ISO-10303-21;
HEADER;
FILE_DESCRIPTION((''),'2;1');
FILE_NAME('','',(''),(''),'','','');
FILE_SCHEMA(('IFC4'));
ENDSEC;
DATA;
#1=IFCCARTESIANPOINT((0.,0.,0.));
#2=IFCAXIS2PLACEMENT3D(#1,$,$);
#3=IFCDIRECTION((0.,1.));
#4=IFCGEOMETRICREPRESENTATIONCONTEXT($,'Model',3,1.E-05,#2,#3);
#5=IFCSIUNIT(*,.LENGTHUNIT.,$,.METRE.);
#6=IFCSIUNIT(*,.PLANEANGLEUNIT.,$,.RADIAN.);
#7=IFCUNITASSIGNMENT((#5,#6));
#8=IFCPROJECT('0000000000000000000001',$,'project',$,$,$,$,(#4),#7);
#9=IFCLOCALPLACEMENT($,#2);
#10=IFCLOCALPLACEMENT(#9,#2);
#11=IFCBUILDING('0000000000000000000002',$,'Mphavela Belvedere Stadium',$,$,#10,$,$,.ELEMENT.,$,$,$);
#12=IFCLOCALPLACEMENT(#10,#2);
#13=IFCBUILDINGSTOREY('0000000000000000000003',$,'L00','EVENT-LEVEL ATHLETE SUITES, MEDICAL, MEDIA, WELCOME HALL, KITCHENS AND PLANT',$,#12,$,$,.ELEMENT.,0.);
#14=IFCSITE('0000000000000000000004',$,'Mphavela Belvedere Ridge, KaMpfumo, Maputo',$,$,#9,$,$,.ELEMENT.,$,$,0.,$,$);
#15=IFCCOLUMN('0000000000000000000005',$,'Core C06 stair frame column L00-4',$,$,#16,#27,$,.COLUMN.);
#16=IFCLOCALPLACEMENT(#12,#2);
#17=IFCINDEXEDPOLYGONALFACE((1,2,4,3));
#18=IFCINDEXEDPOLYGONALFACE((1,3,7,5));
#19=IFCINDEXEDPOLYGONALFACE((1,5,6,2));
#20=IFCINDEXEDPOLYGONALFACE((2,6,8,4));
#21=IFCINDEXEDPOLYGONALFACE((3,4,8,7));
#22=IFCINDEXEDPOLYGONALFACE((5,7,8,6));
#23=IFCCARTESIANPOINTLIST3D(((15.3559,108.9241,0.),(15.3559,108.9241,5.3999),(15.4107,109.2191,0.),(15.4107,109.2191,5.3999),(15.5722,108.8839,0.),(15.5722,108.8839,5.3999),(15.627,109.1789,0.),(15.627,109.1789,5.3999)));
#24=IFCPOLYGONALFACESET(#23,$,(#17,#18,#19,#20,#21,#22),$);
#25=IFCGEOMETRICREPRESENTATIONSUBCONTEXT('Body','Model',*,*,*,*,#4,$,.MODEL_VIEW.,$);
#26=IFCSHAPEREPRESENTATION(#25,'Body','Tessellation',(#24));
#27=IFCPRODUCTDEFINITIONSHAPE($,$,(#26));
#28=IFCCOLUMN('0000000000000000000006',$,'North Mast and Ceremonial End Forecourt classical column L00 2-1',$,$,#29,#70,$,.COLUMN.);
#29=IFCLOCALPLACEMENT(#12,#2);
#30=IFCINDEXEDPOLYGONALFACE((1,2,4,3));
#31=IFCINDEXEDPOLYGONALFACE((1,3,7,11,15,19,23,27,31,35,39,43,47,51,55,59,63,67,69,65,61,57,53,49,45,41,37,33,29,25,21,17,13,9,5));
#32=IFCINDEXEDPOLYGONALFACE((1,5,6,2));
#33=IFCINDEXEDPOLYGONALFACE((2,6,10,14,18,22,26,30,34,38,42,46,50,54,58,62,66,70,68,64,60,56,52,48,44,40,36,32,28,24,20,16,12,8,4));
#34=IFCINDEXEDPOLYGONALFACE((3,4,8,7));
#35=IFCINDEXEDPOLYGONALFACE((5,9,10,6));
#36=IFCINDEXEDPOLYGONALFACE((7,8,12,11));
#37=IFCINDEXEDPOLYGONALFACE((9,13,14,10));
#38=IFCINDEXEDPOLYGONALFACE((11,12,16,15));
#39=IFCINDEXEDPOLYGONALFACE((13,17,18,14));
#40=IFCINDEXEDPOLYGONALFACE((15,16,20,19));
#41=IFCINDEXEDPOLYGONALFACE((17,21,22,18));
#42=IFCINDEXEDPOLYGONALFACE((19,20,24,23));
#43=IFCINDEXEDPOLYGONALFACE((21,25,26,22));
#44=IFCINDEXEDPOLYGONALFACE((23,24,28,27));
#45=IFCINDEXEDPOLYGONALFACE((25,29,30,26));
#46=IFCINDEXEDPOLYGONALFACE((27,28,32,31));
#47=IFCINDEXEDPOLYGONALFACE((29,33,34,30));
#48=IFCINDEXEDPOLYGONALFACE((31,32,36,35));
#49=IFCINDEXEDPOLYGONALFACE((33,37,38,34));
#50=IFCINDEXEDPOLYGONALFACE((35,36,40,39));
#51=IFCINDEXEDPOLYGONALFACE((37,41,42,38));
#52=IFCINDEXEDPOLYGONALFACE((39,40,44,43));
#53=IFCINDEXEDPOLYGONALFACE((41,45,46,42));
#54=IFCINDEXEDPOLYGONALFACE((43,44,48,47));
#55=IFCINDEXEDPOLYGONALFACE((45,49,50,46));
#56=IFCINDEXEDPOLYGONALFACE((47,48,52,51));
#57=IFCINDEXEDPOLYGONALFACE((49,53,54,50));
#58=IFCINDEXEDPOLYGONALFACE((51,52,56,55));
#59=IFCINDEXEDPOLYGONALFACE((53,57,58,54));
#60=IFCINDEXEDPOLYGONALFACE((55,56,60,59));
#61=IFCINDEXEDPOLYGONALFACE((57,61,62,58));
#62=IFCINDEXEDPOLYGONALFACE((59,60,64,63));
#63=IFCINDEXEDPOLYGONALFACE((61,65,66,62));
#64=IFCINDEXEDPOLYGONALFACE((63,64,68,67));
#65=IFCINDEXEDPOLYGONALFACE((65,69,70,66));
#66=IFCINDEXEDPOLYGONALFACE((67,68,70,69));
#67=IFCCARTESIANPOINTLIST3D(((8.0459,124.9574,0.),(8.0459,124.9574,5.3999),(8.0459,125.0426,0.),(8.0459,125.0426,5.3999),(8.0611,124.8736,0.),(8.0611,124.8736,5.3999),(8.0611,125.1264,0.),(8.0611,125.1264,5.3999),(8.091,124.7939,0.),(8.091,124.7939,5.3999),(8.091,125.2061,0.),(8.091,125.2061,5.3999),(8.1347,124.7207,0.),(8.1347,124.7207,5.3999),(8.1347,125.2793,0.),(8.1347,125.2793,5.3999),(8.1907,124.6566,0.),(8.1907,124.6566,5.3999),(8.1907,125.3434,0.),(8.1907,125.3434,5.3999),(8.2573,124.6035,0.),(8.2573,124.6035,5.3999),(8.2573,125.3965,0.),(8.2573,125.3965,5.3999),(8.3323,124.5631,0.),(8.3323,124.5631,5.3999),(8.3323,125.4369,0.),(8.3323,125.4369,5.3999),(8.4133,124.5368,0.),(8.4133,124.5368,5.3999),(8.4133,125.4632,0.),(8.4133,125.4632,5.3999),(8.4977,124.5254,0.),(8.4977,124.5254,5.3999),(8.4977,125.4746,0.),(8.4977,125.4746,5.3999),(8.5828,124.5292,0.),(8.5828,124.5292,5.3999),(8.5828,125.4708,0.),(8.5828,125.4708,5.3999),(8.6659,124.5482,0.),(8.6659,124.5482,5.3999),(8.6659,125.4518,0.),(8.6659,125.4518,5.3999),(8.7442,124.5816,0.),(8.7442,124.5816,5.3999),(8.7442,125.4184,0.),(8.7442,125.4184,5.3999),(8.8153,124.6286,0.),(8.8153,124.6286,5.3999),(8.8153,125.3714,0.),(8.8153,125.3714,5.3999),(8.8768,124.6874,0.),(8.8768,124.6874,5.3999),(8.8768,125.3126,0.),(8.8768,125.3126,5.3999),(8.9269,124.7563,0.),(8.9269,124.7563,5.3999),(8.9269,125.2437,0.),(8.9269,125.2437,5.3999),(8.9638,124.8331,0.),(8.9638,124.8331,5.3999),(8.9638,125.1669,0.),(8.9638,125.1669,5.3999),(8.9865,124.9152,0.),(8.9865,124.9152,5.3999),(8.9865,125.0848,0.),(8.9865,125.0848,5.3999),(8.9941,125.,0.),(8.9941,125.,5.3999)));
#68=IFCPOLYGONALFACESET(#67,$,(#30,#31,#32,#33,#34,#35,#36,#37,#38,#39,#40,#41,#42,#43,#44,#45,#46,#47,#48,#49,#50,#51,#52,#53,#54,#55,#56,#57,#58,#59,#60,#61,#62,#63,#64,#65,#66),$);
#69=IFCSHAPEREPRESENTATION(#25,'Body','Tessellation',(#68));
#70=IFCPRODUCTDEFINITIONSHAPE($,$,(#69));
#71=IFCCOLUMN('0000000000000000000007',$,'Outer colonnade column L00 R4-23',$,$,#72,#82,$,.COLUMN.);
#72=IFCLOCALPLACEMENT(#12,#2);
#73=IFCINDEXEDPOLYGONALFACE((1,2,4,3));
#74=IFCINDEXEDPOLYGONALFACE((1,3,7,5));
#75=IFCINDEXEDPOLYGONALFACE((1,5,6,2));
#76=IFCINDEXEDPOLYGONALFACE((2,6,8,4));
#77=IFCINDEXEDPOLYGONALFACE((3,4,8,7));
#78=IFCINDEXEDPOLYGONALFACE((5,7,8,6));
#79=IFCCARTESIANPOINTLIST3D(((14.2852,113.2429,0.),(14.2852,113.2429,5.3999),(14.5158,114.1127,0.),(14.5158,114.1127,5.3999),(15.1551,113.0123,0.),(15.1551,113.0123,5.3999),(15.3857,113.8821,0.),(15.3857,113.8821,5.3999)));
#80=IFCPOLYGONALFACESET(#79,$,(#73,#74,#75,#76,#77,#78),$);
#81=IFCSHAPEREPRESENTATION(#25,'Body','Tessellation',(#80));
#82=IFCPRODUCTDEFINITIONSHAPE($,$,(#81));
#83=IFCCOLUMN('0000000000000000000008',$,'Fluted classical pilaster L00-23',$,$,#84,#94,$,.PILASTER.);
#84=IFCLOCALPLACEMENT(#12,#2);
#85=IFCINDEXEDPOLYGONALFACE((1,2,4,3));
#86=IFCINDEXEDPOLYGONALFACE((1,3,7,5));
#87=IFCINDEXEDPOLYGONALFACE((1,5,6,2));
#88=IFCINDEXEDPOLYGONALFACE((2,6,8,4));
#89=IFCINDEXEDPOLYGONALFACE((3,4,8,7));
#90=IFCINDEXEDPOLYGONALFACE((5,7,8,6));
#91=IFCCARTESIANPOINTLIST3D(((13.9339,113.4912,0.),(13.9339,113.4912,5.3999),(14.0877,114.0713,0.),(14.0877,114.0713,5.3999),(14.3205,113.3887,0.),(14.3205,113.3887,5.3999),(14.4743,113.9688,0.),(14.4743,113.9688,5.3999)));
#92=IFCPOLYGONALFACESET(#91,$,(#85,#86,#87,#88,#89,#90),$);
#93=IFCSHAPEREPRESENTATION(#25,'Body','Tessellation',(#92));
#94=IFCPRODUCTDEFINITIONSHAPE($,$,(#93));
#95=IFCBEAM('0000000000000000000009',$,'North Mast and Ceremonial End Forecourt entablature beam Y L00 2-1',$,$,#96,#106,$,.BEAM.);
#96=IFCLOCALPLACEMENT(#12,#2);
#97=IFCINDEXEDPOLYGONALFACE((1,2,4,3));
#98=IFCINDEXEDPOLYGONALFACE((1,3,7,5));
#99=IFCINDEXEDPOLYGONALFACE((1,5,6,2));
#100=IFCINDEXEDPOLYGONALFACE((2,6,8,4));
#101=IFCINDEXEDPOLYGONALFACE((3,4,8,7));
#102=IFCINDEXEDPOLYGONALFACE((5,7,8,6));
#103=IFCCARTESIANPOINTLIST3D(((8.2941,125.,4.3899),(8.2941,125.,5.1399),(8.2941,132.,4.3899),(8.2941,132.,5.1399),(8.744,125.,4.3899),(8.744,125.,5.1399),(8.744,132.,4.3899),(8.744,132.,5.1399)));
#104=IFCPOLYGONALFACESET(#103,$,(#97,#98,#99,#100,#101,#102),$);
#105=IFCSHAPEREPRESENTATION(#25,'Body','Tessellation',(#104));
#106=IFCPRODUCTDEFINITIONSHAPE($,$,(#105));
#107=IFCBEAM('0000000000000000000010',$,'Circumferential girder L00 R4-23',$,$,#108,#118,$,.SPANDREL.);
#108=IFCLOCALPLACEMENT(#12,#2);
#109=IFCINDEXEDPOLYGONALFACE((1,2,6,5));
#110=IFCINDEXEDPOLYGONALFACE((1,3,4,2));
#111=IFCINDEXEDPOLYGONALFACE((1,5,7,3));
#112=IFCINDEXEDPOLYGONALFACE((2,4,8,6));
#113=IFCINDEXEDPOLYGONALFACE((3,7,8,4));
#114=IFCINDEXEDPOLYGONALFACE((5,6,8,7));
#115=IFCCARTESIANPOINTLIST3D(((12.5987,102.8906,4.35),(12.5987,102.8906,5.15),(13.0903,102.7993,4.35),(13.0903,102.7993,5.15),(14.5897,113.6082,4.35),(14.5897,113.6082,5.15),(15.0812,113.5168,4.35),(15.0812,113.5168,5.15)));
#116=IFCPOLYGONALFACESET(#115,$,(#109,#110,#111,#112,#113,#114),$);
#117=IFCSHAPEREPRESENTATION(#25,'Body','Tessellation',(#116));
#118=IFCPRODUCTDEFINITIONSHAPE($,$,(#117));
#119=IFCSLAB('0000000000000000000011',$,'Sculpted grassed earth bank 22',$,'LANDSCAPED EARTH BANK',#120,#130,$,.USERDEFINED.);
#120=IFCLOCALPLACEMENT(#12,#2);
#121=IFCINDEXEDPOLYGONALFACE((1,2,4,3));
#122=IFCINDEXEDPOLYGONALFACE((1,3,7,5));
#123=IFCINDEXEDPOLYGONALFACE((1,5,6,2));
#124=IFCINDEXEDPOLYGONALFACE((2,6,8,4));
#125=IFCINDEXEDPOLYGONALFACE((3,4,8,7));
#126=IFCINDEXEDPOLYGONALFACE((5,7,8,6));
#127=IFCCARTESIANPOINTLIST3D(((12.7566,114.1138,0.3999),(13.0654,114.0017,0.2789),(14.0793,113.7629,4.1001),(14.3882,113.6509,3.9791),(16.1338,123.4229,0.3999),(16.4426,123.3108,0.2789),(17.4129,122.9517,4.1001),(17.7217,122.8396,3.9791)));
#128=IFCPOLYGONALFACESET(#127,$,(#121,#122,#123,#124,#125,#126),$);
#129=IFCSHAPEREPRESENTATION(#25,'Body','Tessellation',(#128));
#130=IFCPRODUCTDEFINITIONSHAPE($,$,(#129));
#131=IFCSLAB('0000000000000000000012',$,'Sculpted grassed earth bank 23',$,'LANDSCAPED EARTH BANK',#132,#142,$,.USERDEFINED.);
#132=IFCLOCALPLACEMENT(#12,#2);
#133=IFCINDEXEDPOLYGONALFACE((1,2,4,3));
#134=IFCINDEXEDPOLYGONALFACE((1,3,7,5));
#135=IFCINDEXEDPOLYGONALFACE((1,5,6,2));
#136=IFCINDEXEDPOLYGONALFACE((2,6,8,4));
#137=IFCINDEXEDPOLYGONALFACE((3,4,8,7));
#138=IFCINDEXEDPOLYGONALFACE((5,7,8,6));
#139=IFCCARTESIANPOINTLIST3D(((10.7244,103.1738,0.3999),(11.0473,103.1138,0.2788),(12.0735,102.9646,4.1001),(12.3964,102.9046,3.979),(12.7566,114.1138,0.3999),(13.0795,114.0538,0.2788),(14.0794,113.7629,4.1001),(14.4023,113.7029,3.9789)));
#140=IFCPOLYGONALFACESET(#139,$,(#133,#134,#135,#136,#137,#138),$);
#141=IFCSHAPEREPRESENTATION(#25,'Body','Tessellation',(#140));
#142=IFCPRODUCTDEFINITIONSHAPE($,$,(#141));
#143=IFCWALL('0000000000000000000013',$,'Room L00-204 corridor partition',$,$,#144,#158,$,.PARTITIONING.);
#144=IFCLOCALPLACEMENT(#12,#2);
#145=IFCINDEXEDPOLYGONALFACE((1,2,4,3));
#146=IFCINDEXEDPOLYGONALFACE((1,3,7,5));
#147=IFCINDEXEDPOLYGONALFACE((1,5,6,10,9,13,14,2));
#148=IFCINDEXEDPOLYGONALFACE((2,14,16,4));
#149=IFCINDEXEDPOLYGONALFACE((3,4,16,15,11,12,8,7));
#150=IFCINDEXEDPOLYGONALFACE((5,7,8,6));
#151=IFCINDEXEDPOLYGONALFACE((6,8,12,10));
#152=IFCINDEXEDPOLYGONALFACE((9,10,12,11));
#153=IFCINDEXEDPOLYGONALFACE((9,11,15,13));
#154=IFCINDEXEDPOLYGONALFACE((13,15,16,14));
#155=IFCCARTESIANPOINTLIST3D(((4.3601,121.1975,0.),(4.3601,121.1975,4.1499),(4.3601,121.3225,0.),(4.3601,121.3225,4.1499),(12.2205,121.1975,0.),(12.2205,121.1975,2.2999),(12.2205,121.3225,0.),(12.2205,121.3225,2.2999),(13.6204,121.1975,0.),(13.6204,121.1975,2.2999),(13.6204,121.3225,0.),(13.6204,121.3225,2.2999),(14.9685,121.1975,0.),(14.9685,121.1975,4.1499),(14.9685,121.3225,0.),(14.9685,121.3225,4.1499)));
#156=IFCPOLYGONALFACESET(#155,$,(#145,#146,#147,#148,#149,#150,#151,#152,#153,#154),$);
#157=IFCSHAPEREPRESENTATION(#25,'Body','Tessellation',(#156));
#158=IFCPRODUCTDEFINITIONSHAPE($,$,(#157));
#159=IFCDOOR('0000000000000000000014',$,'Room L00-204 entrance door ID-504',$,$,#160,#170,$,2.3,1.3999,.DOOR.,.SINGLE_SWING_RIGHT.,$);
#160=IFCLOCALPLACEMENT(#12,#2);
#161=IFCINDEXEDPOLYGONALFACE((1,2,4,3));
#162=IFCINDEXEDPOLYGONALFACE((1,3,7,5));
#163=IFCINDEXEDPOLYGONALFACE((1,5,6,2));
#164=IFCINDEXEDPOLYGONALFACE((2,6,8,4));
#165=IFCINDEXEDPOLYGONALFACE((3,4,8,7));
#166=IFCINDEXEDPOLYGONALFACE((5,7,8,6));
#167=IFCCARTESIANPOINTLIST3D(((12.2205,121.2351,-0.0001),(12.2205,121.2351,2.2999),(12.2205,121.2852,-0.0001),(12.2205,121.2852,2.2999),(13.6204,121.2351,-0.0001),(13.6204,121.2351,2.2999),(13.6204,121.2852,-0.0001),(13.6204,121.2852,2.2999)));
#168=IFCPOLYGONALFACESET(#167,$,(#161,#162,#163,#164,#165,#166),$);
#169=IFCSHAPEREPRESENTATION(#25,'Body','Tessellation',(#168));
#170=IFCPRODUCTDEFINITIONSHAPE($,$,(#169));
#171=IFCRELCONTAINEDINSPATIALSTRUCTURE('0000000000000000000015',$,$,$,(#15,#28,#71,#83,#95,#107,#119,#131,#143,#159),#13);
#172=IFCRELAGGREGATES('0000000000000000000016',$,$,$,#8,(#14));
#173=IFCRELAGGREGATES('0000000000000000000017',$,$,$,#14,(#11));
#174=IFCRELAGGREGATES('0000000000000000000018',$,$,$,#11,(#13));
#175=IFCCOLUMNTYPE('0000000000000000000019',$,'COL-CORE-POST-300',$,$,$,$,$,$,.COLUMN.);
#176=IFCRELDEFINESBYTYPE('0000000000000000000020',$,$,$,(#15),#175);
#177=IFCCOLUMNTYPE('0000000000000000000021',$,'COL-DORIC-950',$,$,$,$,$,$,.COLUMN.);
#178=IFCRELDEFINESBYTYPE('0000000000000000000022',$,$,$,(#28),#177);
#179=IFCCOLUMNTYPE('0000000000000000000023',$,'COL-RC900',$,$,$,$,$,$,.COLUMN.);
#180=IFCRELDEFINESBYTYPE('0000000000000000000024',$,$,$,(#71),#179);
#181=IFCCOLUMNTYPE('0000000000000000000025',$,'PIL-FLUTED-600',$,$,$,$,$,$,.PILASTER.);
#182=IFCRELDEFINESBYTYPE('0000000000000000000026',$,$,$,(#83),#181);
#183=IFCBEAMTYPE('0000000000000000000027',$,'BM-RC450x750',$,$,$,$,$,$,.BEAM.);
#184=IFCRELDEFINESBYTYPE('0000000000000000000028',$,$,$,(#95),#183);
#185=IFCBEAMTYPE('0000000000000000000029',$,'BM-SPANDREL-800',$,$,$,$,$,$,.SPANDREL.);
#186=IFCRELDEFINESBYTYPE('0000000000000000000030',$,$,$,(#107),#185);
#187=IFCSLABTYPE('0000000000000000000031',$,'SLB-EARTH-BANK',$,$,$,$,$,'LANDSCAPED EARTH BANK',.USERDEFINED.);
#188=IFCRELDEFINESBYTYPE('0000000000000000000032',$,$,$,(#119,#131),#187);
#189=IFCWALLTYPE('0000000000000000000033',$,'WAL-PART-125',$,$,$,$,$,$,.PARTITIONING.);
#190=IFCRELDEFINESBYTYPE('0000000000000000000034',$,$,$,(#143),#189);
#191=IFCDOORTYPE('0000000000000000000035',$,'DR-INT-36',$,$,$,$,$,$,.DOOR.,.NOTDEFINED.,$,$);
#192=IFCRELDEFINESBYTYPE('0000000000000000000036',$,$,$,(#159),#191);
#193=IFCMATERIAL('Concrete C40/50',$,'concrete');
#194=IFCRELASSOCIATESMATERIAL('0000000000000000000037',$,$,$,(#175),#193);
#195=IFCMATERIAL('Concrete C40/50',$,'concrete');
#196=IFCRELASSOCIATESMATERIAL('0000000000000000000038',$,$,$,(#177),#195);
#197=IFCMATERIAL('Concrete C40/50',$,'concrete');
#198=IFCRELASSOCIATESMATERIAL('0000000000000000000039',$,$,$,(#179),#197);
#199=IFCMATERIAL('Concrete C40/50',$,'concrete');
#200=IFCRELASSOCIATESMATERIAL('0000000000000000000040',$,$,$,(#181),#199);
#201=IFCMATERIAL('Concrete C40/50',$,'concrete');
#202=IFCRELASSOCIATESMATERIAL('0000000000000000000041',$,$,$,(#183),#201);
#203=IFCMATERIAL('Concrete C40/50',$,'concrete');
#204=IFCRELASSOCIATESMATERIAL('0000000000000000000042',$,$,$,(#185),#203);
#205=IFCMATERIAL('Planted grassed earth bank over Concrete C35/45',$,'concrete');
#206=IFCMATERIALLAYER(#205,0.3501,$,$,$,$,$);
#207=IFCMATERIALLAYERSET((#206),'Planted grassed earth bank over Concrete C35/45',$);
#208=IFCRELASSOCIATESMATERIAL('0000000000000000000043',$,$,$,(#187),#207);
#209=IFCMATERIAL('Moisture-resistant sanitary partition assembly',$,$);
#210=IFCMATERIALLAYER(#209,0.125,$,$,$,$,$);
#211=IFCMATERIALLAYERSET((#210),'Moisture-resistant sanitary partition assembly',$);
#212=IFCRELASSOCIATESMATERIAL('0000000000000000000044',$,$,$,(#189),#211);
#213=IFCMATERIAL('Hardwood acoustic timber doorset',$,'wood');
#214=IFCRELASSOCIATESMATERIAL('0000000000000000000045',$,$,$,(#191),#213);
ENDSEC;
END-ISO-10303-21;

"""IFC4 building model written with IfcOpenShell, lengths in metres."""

from ifc_helpers import new_model, si_unit, direction, frame, frame_2d, origin, origin_2d, place, context, subcontext, project, spatial, polyline, rectangle, circle, outline, extrude, material, layer, layer_set, material_profile, profile_set, type_object, element, fill, save


model = new_model("IFC4")

# Units and contexts
model_context = context("Model", 3, precision=1e-05, world=origin(), true_north=direction((0.0, 1.0)))
body_context = subcontext(model_context, "Body", "Model", "MODEL_VIEW")
ifc_project = project(units=[si_unit("LENGTHUNIT", "METRE"), si_unit("PLANEANGLEUNIT", "RADIAN")], contexts=[model_context])

# Site, building, storey
site_placement = place(None, origin())
site = spatial("IfcSite", under=ifc_project, at=site_placement, Name="Mphavela Belvedere Ridge, KaMpfumo, Maputo", CompositionType="ELEMENT", RefElevation=0.0)
building_placement = place(site_placement, origin())
building = spatial("IfcBuilding", under=site, at=building_placement, Name="Mphavela Belvedere Stadium", CompositionType="ELEMENT")
storey_placement = place(building_placement, origin())
storey = spatial("IfcBuildingStorey", under=building, at=storey_placement, Name="L00", Description="EVENT-LEVEL ATHLETE SUITES, MEDICAL, MEDIA, WELCOME HALL, KITCHENS AND PLANT", CompositionType="ELEMENT", Elevation=0.0)

# Columns
ifc_material_1 = material(Name="Concrete C40/50", Category="concrete")
ifc_material_profile_1 = material_profile(ifc_material_1, rectangle(XDim=0.3, YDim=0.22, at=origin_2d()), Name="RC 300x220")
ifc_profile_set_1 = profile_set([ifc_material_profile_1], Name="Concrete C40/50")
column_type_1 = type_object("IfcColumnType", Name="COL-CORE-POST-300", PredefinedType="COLUMN", material=ifc_profile_set_1)
for number, where, z_axis, x_axis, name in (
    (1, (15.4915, 109.0515, 0.0), (0.0, 0.0, 1.0), (0.182579, 0.983191, 0.0), "Core C06 stair frame column L00-4"),
):
    element("IfcColumn", number, at=place(storey_placement, frame(where, z_axis=z_axis, x_axis=x_axis)), inside=storey, type_object=column_type_1, Name=name, PredefinedType="COLUMN", context=body_context, shape_type="SweptSolid", body=[
        extrude(rectangle(XDim=0.3, YDim=0.22, at=origin_2d()), origin(), (0.0, 0.0, 1.0), 5.3999),
    ])
ifc_material_2 = material(Name="Concrete C40/50", Category="concrete")
ifc_material_profile_2 = material_profile(ifc_material_2, circle(Radius=0.4751, at=origin_2d()), Name="COL D950")
ifc_profile_set_2 = profile_set([ifc_material_profile_2], Name="Concrete C40/50")
column_type_2 = type_object("IfcColumnType", Name="COL-DORIC-950", PredefinedType="COLUMN", material=ifc_profile_set_2)
column_1_placement = place(storey_placement, frame((8.519, 125.0, 0.0), z_axis=(0.0, 0.0, 1.0), x_axis=(1.0, 0.0, 0.0)))
element("IfcColumn", 2, at=column_1_placement, inside=storey, type_object=column_type_2, Name="North Mast and Ceremonial End Forecourt classical column L00 2-1", PredefinedType="COLUMN", context=body_context, shape_type="SweptSolid", body=[
    extrude(circle(Radius=0.4751, at=origin_2d()), origin(), (0.0, 0.0, 1.0), 5.3999),
])
ifc_material_3 = material(Name="Concrete C40/50", Category="concrete")
ifc_material_profile_3 = material_profile(ifc_material_3, rectangle(XDim=0.8999, YDim=0.8999, at=origin_2d()), Name="RC 900x900")
ifc_profile_set_3 = profile_set([ifc_material_profile_3], Name="Concrete C40/50")
column_type_3 = type_object("IfcColumnType", Name="COL-RC900", PredefinedType="COLUMN", material=ifc_profile_set_3)
column_2_placement = place(storey_placement, frame((14.8354, 113.5625, 0.0), z_axis=(0.0, 0.0, 1.0), x_axis=(-0.9666, 0.256289, 0.0)))
element("IfcColumn", 3, at=column_2_placement, inside=storey, type_object=column_type_3, Name="Outer colonnade column L00 R4-23", PredefinedType="COLUMN", context=body_context, shape_type="SweptSolid", body=[
    extrude(rectangle(XDim=0.8999, YDim=0.8999, at=origin_2d()), origin(), (0.0, 0.0, 1.0), 5.3999),
])
ifc_material_4 = material(Name="Concrete C40/50", Category="concrete")
ifc_material_profile_4 = material_profile(ifc_material_4, rectangle(XDim=0.6001, YDim=0.3999, at=origin_2d()), Name="PIL 600x400")
ifc_profile_set_4 = profile_set([ifc_material_profile_4], Name="Concrete C40/50")
column_type_4 = type_object("IfcColumnType", Name="PIL-FLUTED-600", PredefinedType="PILASTER", material=ifc_profile_set_4)
column_3_placement = place(storey_placement, frame((14.2041, 113.73, 0.0), z_axis=(0.0, 0.0, 1.0), x_axis=(-0.256289, -0.9666, 0.0)))
element("IfcColumn", 4, at=column_3_placement, inside=storey, type_object=column_type_4, Name="Fluted classical pilaster L00-23", PredefinedType="PILASTER", context=body_context, shape_type="SweptSolid", body=[
    extrude(rectangle(XDim=0.6001, YDim=0.3999, at=origin_2d()), origin(), (0.0, 0.0, 1.0), 5.3999),
])

# Beams
ifc_material_5 = material(Name="Concrete C40/50", Category="concrete")
ifc_material_profile_5 = material_profile(ifc_material_5, rectangle(XDim=0.45, YDim=0.75, at=origin_2d()), Name="RC 450x750")
ifc_profile_set_5 = profile_set([ifc_material_profile_5], Name="Concrete C40/50")
beam_type_1 = type_object("IfcBeamType", Name="BM-RC450x750", PredefinedType="BEAM", material=ifc_profile_set_5)
beam_1_placement = place(storey_placement, frame((8.519, 125.0, 4.7649), z_axis=(0.0, 1.0, 0.0), x_axis=(-1.0, 0.0, 0.0)))
element("IfcBeam", 5, at=beam_1_placement, inside=storey, type_object=beam_type_1, Name="North Mast and Ceremonial End Forecourt entablature beam Y L00 2-1", PredefinedType="BEAM", context=body_context, shape_type="SweptSolid", body=[
    extrude(rectangle(XDim=0.45, YDim=0.75, at=origin_2d()), origin(), (0.0, 0.0, 1.0), 7.0),
])
ifc_material_6 = material(Name="Concrete C40/50", Category="concrete")
ifc_material_profile_6 = material_profile(ifc_material_6, rectangle(XDim=0.5, YDim=0.8, at=origin_2d()), Name="RC 500x800")
ifc_profile_set_6 = profile_set([ifc_material_profile_6], Name="Concrete C40/50")
beam_type_2 = type_object("IfcBeamType", Name="BM-SPANDREL-800", PredefinedType="SPANDREL", material=ifc_profile_set_6)
beam_2_placement = place(storey_placement, frame((14.8354, 113.5625, 4.75), z_axis=(-0.182643, -0.983179, 0.0), x_axis=(0.983179, -0.182643, 0.0)))
element("IfcBeam", 6, at=beam_2_placement, inside=storey, type_object=beam_type_2, Name="Circumferential girder L00 R4-23", PredefinedType="SPANDREL", context=body_context, shape_type="SweptSolid", body=[
    extrude(rectangle(XDim=0.5, YDim=0.8, at=origin_2d()), origin(), (0.0, 0.0, 1.0), 10.9009),
])

# Slabs
ifc_material_7 = material(Name="Planted grassed earth bank over Concrete C35/45", Category="concrete")
ifc_layer_1 = layer(ifc_material_7, 0.3501)
ifc_layer_set_1 = layer_set([ifc_layer_1], Name="Planted grassed earth bank over Concrete C35/45")
slab_type = type_object("IfcSlabType", Name="SLB-EARTH-BANK", ElementType="LANDSCAPED EARTH BANK", PredefinedType="USERDEFINED", material=ifc_layer_set_1)
slab_1_placement = place(storey_placement, frame((16.1338, 123.4229, 0.3999), z_axis=(-0.882101, 0.320012, 0.345673), x_axis=(-0.341035, -0.940051, -0.000001)))
element("IfcSlab", 7, at=slab_1_placement, inside=storey, type_object=slab_type, Name="Sculpted grassed earth bank 22", ObjectType="LANDSCAPED EARTH BANK", PredefinedType="USERDEFINED", context=body_context, shape_type="SweptSolid", body=[
    extrude(outline(polyline([(0.0, 0.0), (9.9028, 0.0), (9.7814, 3.9433), (0.0067, 3.9433), (0.0, 0.0)])), origin(), (0.0, 0.0, -1.0), 0.3501),
])
slab_2_placement = place(storey_placement, frame((12.7566, 114.1138, 0.3999), z_axis=(-0.922449, 0.171353, 0.346014), x_axis=(-0.182635, -0.983181, -0.000001)))
element("IfcSlab", 8, at=slab_2_placement, inside=storey, type_object=slab_type, Name="Sculpted grassed earth bank 23", ObjectType="LANDSCAPED EARTH BANK", PredefinedType="USERDEFINED", context=body_context, shape_type="SweptSolid", body=[
    extrude(outline(polyline([(0.0, 0.0), (11.1271, 0.0), (11.0864, 3.9438), (0.1033, 3.9438), (0.0, 0.0)])), origin(), (0.0, 0.0, -1.0), 0.3501),
])

# Wall, opening, door
ifc_material_8 = material(Name="Moisture-resistant sanitary partition assembly")
ifc_layer_2 = layer(ifc_material_8, 0.125)
ifc_layer_set_2 = layer_set([ifc_layer_2], Name="Moisture-resistant sanitary partition assembly")
wall_type_1 = type_object("IfcWallType", Name="WAL-PART-125", PredefinedType="PARTITIONING", material=ifc_layer_set_2)
wall_1_placement = place(storey_placement, frame((14.9685, 121.26, 0.0), z_axis=(0.0, 0.0, 1.0), x_axis=(-1.0, 0.0, 0.0)))
wall_1 = element("IfcWall", 9, at=wall_1_placement, inside=storey, type_object=wall_type_1, Name="Room L00-204 corridor partition", PredefinedType="PARTITIONING", context=body_context, shape_type="SweptSolid", body=[
    extrude(rectangle(XDim=10.6084, YDim=0.125, at=frame_2d((5.3042, 0.0))), origin(), (0.0, 0.0, 1.0), 4.1499),
])
opening_placement = place(wall_1_placement, frame((1.3481, 0.0, 0.0)))
opening = element("IfcOpeningElement", 10, at=opening_placement, cuts=wall_1, PredefinedType="OPENING", context=body_context, shape_type="SweptSolid", body=[
    extrude(rectangle(XDim=1.3999, YDim=2.3, at=frame_2d((0.7, 1.1499))), frame((0.0, 0.0725, 0.0), z_axis=(0.0, -1.0, 0.0), x_axis=(1.0, 0.0, 0.0)), (0.0, 0.0, 1.0), 0.145),
])
ifc_material_9 = material(Name="Hardwood acoustic timber doorset", Category="wood")
door_type = type_object("IfcDoorType", Name="DR-INT-36", OperationType="NOTDEFINED", PredefinedType="DOOR", material=ifc_material_9)
door_placement = place(opening_placement, origin())
door = element("IfcDoor", 11, at=door_placement, inside=storey, type_object=door_type, Name="Room L00-204 entrance door ID-504", OperationType="SINGLE_SWING_RIGHT", OverallHeight=2.3, OverallWidth=1.3999, PredefinedType="DOOR", context=body_context, shape_type="SweptSolid", body=[
    extrude(rectangle(XDim=1.3999, YDim=2.3, at=frame_2d((0.7, 1.1499))), frame((0.0, 0.0249, 0.0), z_axis=(0.0, -1.0, 0.0), x_axis=(1.0, 0.0, 0.0)), (0.0, 0.0, 1.0), 0.05),
])
fill(opening, door)

save(model, "model.ifc")
